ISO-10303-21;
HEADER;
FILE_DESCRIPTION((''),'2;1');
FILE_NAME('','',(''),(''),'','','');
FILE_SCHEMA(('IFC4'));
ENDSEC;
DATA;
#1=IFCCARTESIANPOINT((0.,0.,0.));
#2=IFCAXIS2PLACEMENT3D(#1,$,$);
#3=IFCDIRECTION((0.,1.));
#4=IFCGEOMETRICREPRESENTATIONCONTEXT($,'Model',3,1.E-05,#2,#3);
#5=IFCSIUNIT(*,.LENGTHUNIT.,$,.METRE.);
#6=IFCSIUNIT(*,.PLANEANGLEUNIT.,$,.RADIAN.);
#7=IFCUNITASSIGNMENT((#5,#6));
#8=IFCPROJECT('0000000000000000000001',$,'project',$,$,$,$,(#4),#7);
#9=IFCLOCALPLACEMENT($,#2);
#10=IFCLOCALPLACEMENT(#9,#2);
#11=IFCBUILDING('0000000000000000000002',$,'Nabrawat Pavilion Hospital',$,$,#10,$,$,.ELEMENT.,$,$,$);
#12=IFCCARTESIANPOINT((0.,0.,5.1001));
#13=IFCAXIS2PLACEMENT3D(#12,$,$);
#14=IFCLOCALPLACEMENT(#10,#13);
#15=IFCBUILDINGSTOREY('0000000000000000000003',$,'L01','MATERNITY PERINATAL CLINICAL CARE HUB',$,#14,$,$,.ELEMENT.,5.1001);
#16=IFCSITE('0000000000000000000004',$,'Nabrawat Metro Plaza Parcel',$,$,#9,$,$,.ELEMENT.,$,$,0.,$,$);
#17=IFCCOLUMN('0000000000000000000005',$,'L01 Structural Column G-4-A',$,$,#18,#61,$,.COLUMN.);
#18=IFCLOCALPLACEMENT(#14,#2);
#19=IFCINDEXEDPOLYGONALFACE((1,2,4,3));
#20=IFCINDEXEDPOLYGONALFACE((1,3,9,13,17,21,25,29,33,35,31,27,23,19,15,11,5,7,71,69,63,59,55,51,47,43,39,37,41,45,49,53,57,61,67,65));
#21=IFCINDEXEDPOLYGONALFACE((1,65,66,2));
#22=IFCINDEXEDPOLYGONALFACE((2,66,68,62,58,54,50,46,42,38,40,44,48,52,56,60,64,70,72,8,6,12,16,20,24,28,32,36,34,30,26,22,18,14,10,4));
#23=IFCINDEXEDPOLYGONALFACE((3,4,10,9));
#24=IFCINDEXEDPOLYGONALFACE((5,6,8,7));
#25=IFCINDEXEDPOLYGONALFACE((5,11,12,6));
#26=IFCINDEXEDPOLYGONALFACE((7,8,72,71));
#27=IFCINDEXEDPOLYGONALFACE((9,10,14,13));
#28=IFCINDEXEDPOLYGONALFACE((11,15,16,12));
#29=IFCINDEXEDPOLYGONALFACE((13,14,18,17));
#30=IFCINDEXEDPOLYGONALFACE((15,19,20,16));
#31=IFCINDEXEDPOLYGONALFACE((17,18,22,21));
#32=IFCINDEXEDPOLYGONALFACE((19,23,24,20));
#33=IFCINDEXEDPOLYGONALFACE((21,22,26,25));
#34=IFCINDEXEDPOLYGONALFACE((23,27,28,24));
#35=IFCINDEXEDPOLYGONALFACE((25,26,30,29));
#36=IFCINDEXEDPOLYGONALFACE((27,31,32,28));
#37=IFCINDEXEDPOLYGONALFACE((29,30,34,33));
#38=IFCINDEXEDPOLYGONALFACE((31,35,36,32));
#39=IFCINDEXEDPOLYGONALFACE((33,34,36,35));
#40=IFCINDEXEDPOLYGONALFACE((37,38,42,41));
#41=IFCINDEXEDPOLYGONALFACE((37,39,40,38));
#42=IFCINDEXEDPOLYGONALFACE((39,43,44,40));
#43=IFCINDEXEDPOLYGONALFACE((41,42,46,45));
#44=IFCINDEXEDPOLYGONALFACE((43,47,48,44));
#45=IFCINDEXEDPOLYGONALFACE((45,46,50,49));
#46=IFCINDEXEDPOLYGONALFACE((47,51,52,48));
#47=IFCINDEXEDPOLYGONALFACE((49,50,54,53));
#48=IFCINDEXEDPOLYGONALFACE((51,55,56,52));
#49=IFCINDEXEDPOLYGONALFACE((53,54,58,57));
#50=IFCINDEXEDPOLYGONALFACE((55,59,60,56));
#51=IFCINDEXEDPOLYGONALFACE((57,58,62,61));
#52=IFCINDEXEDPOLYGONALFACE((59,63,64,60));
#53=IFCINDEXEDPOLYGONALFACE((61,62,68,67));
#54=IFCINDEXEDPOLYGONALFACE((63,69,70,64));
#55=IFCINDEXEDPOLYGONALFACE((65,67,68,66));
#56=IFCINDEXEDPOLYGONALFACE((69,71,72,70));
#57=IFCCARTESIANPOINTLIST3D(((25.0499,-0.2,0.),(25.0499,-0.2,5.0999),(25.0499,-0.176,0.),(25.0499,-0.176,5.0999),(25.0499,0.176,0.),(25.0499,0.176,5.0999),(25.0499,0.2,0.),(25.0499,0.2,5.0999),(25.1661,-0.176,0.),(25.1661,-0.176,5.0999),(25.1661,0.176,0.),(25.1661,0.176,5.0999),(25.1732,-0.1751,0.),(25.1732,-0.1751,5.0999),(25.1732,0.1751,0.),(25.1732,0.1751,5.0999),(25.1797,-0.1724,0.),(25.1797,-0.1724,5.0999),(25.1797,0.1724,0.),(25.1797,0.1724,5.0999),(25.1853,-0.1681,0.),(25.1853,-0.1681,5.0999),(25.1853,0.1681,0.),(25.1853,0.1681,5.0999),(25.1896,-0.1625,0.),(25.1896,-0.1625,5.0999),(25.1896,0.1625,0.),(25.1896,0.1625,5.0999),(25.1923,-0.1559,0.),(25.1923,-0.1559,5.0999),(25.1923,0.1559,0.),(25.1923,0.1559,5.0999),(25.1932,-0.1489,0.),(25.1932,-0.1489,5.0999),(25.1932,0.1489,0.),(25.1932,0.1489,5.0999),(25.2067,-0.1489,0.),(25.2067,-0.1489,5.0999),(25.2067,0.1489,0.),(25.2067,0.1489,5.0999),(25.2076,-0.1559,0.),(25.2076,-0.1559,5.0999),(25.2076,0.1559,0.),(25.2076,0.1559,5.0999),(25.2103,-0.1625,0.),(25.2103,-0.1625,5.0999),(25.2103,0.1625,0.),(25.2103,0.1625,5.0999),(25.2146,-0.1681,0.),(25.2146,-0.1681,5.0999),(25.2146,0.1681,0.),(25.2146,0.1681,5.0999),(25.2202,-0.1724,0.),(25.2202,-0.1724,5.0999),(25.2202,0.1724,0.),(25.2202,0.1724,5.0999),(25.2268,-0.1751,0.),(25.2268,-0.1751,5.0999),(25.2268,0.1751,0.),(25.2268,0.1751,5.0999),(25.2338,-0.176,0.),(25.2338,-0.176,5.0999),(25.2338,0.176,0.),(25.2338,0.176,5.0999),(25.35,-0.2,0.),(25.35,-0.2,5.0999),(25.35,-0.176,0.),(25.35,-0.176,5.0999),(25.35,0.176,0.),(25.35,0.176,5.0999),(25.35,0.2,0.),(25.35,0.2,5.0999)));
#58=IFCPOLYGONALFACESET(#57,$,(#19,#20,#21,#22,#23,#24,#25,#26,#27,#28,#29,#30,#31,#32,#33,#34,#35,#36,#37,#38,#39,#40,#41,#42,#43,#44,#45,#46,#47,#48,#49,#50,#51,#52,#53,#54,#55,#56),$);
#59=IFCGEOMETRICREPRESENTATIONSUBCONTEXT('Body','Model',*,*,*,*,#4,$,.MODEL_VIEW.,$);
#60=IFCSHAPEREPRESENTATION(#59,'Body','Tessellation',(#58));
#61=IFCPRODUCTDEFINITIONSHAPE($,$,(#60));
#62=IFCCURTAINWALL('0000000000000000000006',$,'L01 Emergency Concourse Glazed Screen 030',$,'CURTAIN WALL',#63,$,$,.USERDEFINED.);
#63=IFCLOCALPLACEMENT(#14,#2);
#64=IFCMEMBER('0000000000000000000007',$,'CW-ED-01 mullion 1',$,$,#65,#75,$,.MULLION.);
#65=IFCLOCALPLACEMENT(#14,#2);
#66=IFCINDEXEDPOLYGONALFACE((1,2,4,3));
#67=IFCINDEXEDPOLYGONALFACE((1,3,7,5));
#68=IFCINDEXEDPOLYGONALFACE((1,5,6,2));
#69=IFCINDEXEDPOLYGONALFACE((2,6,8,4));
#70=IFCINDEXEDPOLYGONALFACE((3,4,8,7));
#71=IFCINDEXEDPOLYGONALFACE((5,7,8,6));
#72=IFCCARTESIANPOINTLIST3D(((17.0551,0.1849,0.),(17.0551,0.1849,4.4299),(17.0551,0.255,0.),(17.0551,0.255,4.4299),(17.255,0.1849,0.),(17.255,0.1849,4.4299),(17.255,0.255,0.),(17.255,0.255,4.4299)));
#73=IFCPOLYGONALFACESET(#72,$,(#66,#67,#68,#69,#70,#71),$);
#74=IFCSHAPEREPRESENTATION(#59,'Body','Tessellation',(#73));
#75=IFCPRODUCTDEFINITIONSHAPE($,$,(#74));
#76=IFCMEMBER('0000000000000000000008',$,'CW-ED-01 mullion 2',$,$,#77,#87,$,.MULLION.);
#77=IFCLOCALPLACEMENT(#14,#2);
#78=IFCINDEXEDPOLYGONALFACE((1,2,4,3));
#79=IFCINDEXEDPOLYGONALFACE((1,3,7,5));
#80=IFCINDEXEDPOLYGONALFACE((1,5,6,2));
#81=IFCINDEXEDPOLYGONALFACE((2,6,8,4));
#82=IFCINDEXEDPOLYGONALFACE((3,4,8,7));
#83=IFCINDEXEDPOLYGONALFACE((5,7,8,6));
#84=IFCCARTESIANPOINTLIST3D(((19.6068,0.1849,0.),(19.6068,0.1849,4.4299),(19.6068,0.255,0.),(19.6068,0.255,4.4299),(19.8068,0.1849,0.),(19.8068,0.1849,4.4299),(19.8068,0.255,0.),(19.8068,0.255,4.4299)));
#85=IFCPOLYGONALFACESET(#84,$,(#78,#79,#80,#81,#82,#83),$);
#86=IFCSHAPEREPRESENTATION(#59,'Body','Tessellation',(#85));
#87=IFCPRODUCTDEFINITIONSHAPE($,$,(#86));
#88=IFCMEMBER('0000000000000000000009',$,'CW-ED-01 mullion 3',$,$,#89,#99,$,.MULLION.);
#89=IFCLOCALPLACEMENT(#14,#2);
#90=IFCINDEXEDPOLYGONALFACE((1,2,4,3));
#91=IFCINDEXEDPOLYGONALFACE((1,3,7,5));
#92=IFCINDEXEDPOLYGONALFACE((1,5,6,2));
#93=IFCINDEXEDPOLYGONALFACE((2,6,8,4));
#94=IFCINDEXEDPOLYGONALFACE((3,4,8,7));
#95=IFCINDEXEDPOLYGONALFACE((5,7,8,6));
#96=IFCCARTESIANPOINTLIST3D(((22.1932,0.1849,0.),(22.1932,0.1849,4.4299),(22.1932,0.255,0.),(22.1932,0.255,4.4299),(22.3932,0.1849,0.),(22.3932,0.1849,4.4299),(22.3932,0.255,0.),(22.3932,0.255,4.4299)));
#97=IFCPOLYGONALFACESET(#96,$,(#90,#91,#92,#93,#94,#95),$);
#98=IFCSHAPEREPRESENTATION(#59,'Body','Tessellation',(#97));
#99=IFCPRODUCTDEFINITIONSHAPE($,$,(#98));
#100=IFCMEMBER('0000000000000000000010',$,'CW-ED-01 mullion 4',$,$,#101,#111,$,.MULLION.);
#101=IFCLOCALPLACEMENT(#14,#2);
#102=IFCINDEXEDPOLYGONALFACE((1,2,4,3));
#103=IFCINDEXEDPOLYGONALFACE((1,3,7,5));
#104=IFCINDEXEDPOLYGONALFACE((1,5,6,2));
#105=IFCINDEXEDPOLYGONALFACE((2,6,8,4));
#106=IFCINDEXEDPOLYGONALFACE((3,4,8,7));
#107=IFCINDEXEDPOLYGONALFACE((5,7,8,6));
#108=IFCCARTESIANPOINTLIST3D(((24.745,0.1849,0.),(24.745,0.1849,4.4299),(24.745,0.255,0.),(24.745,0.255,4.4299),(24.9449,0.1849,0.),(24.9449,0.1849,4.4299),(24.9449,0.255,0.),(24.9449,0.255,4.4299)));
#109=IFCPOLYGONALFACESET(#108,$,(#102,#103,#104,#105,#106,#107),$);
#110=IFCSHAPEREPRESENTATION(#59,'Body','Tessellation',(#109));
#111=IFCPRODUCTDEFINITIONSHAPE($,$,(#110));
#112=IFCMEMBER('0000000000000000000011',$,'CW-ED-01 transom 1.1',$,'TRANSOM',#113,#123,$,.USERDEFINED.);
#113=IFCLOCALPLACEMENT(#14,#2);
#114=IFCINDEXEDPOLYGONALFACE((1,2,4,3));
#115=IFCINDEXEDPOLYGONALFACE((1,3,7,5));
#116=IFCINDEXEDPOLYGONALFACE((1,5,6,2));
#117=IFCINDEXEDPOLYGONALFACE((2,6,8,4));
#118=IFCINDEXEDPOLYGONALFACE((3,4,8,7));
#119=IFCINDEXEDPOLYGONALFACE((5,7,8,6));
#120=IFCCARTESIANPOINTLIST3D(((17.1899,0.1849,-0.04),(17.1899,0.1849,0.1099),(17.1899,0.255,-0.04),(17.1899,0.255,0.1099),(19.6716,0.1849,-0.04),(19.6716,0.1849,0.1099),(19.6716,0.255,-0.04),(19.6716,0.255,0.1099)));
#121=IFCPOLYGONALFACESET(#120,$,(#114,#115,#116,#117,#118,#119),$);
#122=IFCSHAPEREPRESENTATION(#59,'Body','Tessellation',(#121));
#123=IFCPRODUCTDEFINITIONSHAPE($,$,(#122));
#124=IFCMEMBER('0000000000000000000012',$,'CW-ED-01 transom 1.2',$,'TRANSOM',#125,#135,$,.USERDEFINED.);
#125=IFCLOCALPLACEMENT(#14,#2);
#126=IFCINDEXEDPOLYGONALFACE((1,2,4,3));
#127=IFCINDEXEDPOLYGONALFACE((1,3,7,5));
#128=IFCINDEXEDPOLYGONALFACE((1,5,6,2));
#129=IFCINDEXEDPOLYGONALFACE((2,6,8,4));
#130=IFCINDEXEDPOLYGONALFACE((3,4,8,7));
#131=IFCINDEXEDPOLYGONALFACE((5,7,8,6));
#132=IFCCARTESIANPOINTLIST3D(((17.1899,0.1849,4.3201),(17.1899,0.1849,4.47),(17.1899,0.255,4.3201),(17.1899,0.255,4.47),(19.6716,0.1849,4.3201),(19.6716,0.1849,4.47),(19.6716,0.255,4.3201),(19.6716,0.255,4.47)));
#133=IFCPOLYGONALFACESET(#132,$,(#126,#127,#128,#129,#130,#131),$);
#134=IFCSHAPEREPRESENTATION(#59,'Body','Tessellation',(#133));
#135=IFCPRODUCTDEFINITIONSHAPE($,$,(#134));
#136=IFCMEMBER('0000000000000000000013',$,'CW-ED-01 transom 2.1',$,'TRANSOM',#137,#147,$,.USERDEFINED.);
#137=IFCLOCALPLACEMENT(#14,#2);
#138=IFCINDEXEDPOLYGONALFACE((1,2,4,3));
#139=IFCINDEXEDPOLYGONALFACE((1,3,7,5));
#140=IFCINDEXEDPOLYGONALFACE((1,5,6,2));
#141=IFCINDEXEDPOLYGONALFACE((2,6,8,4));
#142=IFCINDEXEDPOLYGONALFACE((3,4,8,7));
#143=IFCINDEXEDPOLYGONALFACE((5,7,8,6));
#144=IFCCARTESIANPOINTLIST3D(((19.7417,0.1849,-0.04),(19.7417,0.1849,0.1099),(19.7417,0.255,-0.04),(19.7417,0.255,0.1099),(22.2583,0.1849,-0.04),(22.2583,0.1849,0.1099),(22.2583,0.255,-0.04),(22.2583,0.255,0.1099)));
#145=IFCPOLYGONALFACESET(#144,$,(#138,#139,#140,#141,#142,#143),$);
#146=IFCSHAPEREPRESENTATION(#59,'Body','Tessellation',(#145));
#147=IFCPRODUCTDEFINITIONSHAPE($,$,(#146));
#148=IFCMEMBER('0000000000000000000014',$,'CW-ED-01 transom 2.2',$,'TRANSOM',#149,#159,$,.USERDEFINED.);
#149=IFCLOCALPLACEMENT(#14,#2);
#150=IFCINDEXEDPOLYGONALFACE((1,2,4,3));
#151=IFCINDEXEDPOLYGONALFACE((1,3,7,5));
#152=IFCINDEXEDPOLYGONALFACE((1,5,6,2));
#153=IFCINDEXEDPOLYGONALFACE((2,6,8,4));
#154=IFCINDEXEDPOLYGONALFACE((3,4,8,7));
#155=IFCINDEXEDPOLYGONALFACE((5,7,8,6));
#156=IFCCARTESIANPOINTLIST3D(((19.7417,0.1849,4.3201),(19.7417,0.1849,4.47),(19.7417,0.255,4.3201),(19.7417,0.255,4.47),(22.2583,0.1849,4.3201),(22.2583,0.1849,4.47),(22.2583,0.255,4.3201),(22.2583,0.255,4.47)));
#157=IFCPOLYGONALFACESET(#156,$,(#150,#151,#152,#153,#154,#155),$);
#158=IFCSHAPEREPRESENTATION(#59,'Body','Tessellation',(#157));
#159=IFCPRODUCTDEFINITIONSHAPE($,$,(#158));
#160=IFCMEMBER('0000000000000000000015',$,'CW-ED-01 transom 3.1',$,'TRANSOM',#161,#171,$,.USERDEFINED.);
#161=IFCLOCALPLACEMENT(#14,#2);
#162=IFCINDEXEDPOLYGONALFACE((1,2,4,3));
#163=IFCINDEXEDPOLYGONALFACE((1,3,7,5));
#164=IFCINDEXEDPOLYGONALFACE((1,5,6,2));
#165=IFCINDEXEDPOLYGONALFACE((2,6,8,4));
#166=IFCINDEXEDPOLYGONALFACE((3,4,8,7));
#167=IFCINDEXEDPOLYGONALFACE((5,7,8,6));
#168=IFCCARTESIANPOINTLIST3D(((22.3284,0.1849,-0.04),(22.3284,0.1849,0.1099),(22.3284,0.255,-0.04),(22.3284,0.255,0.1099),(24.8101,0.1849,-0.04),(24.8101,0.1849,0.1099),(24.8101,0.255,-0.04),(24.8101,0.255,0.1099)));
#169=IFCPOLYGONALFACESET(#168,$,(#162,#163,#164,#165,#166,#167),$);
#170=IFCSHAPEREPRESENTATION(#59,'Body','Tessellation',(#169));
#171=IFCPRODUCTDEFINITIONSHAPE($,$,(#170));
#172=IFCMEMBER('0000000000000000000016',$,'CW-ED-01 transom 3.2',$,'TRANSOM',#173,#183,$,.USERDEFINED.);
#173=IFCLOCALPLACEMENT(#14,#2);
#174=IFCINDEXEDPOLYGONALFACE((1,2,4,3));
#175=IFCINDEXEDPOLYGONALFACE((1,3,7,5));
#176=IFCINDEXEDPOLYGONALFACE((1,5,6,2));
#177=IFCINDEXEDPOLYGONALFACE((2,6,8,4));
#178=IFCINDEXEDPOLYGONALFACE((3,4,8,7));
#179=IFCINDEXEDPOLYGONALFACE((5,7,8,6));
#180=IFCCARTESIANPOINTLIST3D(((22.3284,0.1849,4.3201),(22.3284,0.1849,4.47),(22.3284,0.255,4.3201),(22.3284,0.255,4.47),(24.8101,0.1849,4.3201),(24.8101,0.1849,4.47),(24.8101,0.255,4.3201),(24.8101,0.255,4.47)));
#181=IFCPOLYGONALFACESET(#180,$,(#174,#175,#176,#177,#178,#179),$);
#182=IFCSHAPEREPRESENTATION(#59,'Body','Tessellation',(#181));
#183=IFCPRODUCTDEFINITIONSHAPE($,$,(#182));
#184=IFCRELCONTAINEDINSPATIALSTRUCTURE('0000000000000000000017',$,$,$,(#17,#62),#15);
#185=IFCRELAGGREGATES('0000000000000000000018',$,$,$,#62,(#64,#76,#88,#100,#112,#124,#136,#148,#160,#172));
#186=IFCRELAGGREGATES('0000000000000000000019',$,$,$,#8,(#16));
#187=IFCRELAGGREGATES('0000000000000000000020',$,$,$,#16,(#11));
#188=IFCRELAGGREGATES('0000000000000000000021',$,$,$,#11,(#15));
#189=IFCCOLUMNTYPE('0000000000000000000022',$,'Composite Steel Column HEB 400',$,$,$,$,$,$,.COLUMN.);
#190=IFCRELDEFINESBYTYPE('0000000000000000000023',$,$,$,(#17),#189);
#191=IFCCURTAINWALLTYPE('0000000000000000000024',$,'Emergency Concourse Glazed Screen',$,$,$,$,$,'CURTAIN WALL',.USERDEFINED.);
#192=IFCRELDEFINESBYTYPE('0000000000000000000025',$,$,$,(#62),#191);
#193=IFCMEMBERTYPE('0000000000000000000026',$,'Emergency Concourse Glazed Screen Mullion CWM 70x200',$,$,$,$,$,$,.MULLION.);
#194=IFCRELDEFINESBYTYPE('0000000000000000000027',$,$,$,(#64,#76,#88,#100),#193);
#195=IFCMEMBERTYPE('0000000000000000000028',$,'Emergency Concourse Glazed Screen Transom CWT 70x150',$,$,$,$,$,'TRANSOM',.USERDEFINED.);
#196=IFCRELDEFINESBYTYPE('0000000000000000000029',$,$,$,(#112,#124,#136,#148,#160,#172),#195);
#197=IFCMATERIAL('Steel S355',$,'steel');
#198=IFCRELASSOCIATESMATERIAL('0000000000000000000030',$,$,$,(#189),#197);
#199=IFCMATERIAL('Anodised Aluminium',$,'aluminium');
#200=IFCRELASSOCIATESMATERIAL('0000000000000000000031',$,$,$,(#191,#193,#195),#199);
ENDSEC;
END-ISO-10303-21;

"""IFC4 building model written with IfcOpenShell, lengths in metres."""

from ifc_helpers import new_model, si_unit, direction, frame, origin, origin_2d, place, context, subcontext, project, spatial, rectangle, i_section, extrude, material, material_profile, profile_set, type_object, element, aggregate, save


model = new_model("IFC4")

# Units and contexts
model_context = context("Model", 3, precision=1e-05, world=origin(), true_north=direction((0.0, 1.0)))
body_context = subcontext(model_context, "Body", "Model", "MODEL_VIEW")
ifc_project = project(units=[si_unit("LENGTHUNIT", "METRE"), si_unit("PLANEANGLEUNIT", "RADIAN")], contexts=[model_context])

# Site, building, storey
site_placement = place(None, origin())
site = spatial("IfcSite", under=ifc_project, at=site_placement, Name="Nabrawat Metro Plaza Parcel", CompositionType="ELEMENT", RefElevation=0.0)
building_placement = place(site_placement, origin())
building = spatial("IfcBuilding", under=site, at=building_placement, Name="Nabrawat Pavilion Hospital", CompositionType="ELEMENT")
storey_placement = place(building_placement, frame((0.0, 0.0, 5.1001)))
storey = spatial("IfcBuildingStorey", under=building, at=storey_placement, Name="L01", Description="MATERNITY PERINATAL CLINICAL CARE HUB", CompositionType="ELEMENT", Elevation=5.1001)

# Column
ifc_material_1 = material(Name="Steel S355", Category="steel")
ifc_material_profile_1 = material_profile(ifc_material_1, i_section(OverallWidth=0.3, OverallDepth=0.3999, WebThickness=0.0134, FlangeThickness=0.0239, FilletRadius=0.0271, at=origin_2d()), Name="HEB 400")
ifc_profile_set_1 = profile_set([ifc_material_profile_1], Name="Steel S355")
column_type = type_object("IfcColumnType", Name="Composite Steel Column HEB 400", PredefinedType="COLUMN", material=ifc_profile_set_1)
column_placement = place(storey_placement, frame((25.2, 0.0, 0.0), z_axis=(0.0, 0.0, 1.0), x_axis=(1.0, 0.0, 0.0)))
element("IfcColumn", 1, at=column_placement, inside=storey, type_object=column_type, Name="L01 Structural Column G-4-A", PredefinedType="COLUMN", context=body_context, shape_type="SweptSolid", body=[
    extrude(i_section(OverallWidth=0.3, OverallDepth=0.3999, WebThickness=0.0134, FlangeThickness=0.0239, FilletRadius=0.0271, at=origin_2d()), origin(), (0.0, 0.0, 1.0), 5.0999),
])

# Curtain wall, members
ifc_material_2 = material(Name="Anodised Aluminium", Category="aluminium")
curtain_wall_type = type_object("IfcCurtainWallType", Name="Emergency Concourse Glazed Screen", ElementType="CURTAIN WALL", PredefinedType="USERDEFINED", material=ifc_material_2)
curtain_wall_placement = place(storey_placement, origin())
curtain_wall = element("IfcCurtainWall", 2, at=curtain_wall_placement, inside=storey, type_object=curtain_wall_type, Name="L01 Emergency Concourse Glazed Screen 030", ObjectType="CURTAIN WALL", PredefinedType="USERDEFINED")
ifc_material_profile_2 = material_profile(ifc_material_2, rectangle(XDim=0.0701, YDim=0.2, at=origin_2d()), Name="CWM 70x200")
ifc_profile_set_2 = profile_set([ifc_material_profile_2], Name="Anodised Aluminium")
member_type_1 = type_object("IfcMemberType", Name="Emergency Concourse Glazed Screen Mullion CWM 70x200", PredefinedType="MULLION", material=ifc_profile_set_2)
member_1_placement = place(storey_placement, frame((17.155, 0.22, 0.0), z_axis=(0.0, 0.0, 1.0), x_axis=(0.0, 1.0, 0.0)))
member_1 = element("IfcMember", 3, at=member_1_placement, type_object=member_type_1, Name="CW-ED-01 mullion 1", PredefinedType="MULLION", context=body_context, shape_type="SweptSolid", body=[
    extrude(rectangle(XDim=0.0701, YDim=0.2, at=origin_2d()), origin(), (0.0, 0.0, 1.0), 4.4299),
])
member_2_placement = place(storey_placement, frame((19.7068, 0.22, 0.0), z_axis=(0.0, 0.0, 1.0), x_axis=(0.0, 1.0, 0.0)))
member_2 = element("IfcMember", 4, at=member_2_placement, type_object=member_type_1, Name="CW-ED-01 mullion 2", PredefinedType="MULLION", context=body_context, shape_type="SweptSolid", body=[
    extrude(rectangle(XDim=0.0701, YDim=0.2, at=origin_2d()), origin(), (0.0, 0.0, 1.0), 4.4299),
])
member_3_placement = place(storey_placement, frame((22.2932, 0.22, 0.0), z_axis=(0.0, 0.0, 1.0), x_axis=(0.0, 1.0, 0.0)))
member_3 = element("IfcMember", 5, at=member_3_placement, type_object=member_type_1, Name="CW-ED-01 mullion 3", PredefinedType="MULLION", context=body_context, shape_type="SweptSolid", body=[
    extrude(rectangle(XDim=0.0701, YDim=0.2, at=origin_2d()), origin(), (0.0, 0.0, 1.0), 4.4299),
])
member_4_placement = place(storey_placement, frame((24.845, 0.22, 0.0), z_axis=(0.0, 0.0, 1.0), x_axis=(0.0, 1.0, 0.0)))
member_4 = element("IfcMember", 6, at=member_4_placement, type_object=member_type_1, Name="CW-ED-01 mullion 4", PredefinedType="MULLION", context=body_context, shape_type="SweptSolid", body=[
    extrude(rectangle(XDim=0.0701, YDim=0.2, at=origin_2d()), origin(), (0.0, 0.0, 1.0), 4.4299),
])
ifc_material_profile_3 = material_profile(ifc_material_2, rectangle(XDim=0.0701, YDim=0.1499, at=origin_2d()), Name="CWT 70x150")
ifc_profile_set_3 = profile_set([ifc_material_profile_3], Name="Anodised Aluminium")
member_type_2 = type_object("IfcMemberType", Name="Emergency Concourse Glazed Screen Transom CWT 70x150", ElementType="TRANSOM", PredefinedType="USERDEFINED", material=ifc_profile_set_3)
member_5_placement = place(storey_placement, frame((17.1899, 0.22, 0.0349), z_axis=(1.0, 0.0, 0.0), x_axis=(0.0, 1.0, 0.0)))
member_5 = element("IfcMember", 7, at=member_5_placement, type_object=member_type_2, Name="CW-ED-01 transom 1.1", ObjectType="TRANSOM", PredefinedType="USERDEFINED", context=body_context, shape_type="SweptSolid", body=[
    extrude(rectangle(XDim=0.0701, YDim=0.1499, at=origin_2d()), origin(), (0.0, 0.0, 1.0), 2.4817),
])
member_6_placement = place(storey_placement, frame((17.1899, 0.22, 4.395), z_axis=(1.0, 0.0, 0.0), x_axis=(0.0, 1.0, 0.0)))
member_6 = element("IfcMember", 8, at=member_6_placement, type_object=member_type_2, Name="CW-ED-01 transom 1.2", ObjectType="TRANSOM", PredefinedType="USERDEFINED", context=body_context, shape_type="SweptSolid", body=[
    extrude(rectangle(XDim=0.0701, YDim=0.1499, at=origin_2d()), origin(), (0.0, 0.0, 1.0), 2.4817),
])
member_7_placement = place(storey_placement, frame((19.7417, 0.22, 0.0349), z_axis=(1.0, 0.0, 0.0), x_axis=(0.0, 1.0, 0.0)))
member_7 = element("IfcMember", 9, at=member_7_placement, type_object=member_type_2, Name="CW-ED-01 transom 2.1", ObjectType="TRANSOM", PredefinedType="USERDEFINED", context=body_context, shape_type="SweptSolid", body=[
    extrude(rectangle(XDim=0.0701, YDim=0.1499, at=origin_2d()), origin(), (0.0, 0.0, 1.0), 2.5166),
])
member_8_placement = place(storey_placement, frame((19.7417, 0.22, 4.395), z_axis=(1.0, 0.0, 0.0), x_axis=(0.0, 1.0, 0.0)))
member_8 = element("IfcMember", 10, at=member_8_placement, type_object=member_type_2, Name="CW-ED-01 transom 2.2", ObjectType="TRANSOM", PredefinedType="USERDEFINED", context=body_context, shape_type="SweptSolid", body=[
    extrude(rectangle(XDim=0.0701, YDim=0.1499, at=origin_2d()), origin(), (0.0, 0.0, 1.0), 2.5166),
])
member_9_placement = place(storey_placement, frame((22.3284, 0.22, 0.0349), z_axis=(1.0, 0.0, 0.0), x_axis=(0.0, 1.0, 0.0)))
member_9 = element("IfcMember", 11, at=member_9_placement, type_object=member_type_2, Name="CW-ED-01 transom 3.1", ObjectType="TRANSOM", PredefinedType="USERDEFINED", context=body_context, shape_type="SweptSolid", body=[
    extrude(rectangle(XDim=0.0701, YDim=0.1499, at=origin_2d()), origin(), (0.0, 0.0, 1.0), 2.4817),
])
member_10_placement = place(storey_placement, frame((22.3284, 0.22, 4.395), z_axis=(1.0, 0.0, 0.0), x_axis=(0.0, 1.0, 0.0)))
member_10 = element("IfcMember", 12, at=member_10_placement, type_object=member_type_2, Name="CW-ED-01 transom 3.2", ObjectType="TRANSOM", PredefinedType="USERDEFINED", context=body_context, shape_type="SweptSolid", body=[
    extrude(rectangle(XDim=0.0701, YDim=0.1499, at=origin_2d()), origin(), (0.0, 0.0, 1.0), 2.4817),
])

aggregate(curtain_wall, [member_1, member_2, member_3, member_4, member_5, member_6, member_7, member_8, member_9, member_10])

save(model, "model.ifc")
